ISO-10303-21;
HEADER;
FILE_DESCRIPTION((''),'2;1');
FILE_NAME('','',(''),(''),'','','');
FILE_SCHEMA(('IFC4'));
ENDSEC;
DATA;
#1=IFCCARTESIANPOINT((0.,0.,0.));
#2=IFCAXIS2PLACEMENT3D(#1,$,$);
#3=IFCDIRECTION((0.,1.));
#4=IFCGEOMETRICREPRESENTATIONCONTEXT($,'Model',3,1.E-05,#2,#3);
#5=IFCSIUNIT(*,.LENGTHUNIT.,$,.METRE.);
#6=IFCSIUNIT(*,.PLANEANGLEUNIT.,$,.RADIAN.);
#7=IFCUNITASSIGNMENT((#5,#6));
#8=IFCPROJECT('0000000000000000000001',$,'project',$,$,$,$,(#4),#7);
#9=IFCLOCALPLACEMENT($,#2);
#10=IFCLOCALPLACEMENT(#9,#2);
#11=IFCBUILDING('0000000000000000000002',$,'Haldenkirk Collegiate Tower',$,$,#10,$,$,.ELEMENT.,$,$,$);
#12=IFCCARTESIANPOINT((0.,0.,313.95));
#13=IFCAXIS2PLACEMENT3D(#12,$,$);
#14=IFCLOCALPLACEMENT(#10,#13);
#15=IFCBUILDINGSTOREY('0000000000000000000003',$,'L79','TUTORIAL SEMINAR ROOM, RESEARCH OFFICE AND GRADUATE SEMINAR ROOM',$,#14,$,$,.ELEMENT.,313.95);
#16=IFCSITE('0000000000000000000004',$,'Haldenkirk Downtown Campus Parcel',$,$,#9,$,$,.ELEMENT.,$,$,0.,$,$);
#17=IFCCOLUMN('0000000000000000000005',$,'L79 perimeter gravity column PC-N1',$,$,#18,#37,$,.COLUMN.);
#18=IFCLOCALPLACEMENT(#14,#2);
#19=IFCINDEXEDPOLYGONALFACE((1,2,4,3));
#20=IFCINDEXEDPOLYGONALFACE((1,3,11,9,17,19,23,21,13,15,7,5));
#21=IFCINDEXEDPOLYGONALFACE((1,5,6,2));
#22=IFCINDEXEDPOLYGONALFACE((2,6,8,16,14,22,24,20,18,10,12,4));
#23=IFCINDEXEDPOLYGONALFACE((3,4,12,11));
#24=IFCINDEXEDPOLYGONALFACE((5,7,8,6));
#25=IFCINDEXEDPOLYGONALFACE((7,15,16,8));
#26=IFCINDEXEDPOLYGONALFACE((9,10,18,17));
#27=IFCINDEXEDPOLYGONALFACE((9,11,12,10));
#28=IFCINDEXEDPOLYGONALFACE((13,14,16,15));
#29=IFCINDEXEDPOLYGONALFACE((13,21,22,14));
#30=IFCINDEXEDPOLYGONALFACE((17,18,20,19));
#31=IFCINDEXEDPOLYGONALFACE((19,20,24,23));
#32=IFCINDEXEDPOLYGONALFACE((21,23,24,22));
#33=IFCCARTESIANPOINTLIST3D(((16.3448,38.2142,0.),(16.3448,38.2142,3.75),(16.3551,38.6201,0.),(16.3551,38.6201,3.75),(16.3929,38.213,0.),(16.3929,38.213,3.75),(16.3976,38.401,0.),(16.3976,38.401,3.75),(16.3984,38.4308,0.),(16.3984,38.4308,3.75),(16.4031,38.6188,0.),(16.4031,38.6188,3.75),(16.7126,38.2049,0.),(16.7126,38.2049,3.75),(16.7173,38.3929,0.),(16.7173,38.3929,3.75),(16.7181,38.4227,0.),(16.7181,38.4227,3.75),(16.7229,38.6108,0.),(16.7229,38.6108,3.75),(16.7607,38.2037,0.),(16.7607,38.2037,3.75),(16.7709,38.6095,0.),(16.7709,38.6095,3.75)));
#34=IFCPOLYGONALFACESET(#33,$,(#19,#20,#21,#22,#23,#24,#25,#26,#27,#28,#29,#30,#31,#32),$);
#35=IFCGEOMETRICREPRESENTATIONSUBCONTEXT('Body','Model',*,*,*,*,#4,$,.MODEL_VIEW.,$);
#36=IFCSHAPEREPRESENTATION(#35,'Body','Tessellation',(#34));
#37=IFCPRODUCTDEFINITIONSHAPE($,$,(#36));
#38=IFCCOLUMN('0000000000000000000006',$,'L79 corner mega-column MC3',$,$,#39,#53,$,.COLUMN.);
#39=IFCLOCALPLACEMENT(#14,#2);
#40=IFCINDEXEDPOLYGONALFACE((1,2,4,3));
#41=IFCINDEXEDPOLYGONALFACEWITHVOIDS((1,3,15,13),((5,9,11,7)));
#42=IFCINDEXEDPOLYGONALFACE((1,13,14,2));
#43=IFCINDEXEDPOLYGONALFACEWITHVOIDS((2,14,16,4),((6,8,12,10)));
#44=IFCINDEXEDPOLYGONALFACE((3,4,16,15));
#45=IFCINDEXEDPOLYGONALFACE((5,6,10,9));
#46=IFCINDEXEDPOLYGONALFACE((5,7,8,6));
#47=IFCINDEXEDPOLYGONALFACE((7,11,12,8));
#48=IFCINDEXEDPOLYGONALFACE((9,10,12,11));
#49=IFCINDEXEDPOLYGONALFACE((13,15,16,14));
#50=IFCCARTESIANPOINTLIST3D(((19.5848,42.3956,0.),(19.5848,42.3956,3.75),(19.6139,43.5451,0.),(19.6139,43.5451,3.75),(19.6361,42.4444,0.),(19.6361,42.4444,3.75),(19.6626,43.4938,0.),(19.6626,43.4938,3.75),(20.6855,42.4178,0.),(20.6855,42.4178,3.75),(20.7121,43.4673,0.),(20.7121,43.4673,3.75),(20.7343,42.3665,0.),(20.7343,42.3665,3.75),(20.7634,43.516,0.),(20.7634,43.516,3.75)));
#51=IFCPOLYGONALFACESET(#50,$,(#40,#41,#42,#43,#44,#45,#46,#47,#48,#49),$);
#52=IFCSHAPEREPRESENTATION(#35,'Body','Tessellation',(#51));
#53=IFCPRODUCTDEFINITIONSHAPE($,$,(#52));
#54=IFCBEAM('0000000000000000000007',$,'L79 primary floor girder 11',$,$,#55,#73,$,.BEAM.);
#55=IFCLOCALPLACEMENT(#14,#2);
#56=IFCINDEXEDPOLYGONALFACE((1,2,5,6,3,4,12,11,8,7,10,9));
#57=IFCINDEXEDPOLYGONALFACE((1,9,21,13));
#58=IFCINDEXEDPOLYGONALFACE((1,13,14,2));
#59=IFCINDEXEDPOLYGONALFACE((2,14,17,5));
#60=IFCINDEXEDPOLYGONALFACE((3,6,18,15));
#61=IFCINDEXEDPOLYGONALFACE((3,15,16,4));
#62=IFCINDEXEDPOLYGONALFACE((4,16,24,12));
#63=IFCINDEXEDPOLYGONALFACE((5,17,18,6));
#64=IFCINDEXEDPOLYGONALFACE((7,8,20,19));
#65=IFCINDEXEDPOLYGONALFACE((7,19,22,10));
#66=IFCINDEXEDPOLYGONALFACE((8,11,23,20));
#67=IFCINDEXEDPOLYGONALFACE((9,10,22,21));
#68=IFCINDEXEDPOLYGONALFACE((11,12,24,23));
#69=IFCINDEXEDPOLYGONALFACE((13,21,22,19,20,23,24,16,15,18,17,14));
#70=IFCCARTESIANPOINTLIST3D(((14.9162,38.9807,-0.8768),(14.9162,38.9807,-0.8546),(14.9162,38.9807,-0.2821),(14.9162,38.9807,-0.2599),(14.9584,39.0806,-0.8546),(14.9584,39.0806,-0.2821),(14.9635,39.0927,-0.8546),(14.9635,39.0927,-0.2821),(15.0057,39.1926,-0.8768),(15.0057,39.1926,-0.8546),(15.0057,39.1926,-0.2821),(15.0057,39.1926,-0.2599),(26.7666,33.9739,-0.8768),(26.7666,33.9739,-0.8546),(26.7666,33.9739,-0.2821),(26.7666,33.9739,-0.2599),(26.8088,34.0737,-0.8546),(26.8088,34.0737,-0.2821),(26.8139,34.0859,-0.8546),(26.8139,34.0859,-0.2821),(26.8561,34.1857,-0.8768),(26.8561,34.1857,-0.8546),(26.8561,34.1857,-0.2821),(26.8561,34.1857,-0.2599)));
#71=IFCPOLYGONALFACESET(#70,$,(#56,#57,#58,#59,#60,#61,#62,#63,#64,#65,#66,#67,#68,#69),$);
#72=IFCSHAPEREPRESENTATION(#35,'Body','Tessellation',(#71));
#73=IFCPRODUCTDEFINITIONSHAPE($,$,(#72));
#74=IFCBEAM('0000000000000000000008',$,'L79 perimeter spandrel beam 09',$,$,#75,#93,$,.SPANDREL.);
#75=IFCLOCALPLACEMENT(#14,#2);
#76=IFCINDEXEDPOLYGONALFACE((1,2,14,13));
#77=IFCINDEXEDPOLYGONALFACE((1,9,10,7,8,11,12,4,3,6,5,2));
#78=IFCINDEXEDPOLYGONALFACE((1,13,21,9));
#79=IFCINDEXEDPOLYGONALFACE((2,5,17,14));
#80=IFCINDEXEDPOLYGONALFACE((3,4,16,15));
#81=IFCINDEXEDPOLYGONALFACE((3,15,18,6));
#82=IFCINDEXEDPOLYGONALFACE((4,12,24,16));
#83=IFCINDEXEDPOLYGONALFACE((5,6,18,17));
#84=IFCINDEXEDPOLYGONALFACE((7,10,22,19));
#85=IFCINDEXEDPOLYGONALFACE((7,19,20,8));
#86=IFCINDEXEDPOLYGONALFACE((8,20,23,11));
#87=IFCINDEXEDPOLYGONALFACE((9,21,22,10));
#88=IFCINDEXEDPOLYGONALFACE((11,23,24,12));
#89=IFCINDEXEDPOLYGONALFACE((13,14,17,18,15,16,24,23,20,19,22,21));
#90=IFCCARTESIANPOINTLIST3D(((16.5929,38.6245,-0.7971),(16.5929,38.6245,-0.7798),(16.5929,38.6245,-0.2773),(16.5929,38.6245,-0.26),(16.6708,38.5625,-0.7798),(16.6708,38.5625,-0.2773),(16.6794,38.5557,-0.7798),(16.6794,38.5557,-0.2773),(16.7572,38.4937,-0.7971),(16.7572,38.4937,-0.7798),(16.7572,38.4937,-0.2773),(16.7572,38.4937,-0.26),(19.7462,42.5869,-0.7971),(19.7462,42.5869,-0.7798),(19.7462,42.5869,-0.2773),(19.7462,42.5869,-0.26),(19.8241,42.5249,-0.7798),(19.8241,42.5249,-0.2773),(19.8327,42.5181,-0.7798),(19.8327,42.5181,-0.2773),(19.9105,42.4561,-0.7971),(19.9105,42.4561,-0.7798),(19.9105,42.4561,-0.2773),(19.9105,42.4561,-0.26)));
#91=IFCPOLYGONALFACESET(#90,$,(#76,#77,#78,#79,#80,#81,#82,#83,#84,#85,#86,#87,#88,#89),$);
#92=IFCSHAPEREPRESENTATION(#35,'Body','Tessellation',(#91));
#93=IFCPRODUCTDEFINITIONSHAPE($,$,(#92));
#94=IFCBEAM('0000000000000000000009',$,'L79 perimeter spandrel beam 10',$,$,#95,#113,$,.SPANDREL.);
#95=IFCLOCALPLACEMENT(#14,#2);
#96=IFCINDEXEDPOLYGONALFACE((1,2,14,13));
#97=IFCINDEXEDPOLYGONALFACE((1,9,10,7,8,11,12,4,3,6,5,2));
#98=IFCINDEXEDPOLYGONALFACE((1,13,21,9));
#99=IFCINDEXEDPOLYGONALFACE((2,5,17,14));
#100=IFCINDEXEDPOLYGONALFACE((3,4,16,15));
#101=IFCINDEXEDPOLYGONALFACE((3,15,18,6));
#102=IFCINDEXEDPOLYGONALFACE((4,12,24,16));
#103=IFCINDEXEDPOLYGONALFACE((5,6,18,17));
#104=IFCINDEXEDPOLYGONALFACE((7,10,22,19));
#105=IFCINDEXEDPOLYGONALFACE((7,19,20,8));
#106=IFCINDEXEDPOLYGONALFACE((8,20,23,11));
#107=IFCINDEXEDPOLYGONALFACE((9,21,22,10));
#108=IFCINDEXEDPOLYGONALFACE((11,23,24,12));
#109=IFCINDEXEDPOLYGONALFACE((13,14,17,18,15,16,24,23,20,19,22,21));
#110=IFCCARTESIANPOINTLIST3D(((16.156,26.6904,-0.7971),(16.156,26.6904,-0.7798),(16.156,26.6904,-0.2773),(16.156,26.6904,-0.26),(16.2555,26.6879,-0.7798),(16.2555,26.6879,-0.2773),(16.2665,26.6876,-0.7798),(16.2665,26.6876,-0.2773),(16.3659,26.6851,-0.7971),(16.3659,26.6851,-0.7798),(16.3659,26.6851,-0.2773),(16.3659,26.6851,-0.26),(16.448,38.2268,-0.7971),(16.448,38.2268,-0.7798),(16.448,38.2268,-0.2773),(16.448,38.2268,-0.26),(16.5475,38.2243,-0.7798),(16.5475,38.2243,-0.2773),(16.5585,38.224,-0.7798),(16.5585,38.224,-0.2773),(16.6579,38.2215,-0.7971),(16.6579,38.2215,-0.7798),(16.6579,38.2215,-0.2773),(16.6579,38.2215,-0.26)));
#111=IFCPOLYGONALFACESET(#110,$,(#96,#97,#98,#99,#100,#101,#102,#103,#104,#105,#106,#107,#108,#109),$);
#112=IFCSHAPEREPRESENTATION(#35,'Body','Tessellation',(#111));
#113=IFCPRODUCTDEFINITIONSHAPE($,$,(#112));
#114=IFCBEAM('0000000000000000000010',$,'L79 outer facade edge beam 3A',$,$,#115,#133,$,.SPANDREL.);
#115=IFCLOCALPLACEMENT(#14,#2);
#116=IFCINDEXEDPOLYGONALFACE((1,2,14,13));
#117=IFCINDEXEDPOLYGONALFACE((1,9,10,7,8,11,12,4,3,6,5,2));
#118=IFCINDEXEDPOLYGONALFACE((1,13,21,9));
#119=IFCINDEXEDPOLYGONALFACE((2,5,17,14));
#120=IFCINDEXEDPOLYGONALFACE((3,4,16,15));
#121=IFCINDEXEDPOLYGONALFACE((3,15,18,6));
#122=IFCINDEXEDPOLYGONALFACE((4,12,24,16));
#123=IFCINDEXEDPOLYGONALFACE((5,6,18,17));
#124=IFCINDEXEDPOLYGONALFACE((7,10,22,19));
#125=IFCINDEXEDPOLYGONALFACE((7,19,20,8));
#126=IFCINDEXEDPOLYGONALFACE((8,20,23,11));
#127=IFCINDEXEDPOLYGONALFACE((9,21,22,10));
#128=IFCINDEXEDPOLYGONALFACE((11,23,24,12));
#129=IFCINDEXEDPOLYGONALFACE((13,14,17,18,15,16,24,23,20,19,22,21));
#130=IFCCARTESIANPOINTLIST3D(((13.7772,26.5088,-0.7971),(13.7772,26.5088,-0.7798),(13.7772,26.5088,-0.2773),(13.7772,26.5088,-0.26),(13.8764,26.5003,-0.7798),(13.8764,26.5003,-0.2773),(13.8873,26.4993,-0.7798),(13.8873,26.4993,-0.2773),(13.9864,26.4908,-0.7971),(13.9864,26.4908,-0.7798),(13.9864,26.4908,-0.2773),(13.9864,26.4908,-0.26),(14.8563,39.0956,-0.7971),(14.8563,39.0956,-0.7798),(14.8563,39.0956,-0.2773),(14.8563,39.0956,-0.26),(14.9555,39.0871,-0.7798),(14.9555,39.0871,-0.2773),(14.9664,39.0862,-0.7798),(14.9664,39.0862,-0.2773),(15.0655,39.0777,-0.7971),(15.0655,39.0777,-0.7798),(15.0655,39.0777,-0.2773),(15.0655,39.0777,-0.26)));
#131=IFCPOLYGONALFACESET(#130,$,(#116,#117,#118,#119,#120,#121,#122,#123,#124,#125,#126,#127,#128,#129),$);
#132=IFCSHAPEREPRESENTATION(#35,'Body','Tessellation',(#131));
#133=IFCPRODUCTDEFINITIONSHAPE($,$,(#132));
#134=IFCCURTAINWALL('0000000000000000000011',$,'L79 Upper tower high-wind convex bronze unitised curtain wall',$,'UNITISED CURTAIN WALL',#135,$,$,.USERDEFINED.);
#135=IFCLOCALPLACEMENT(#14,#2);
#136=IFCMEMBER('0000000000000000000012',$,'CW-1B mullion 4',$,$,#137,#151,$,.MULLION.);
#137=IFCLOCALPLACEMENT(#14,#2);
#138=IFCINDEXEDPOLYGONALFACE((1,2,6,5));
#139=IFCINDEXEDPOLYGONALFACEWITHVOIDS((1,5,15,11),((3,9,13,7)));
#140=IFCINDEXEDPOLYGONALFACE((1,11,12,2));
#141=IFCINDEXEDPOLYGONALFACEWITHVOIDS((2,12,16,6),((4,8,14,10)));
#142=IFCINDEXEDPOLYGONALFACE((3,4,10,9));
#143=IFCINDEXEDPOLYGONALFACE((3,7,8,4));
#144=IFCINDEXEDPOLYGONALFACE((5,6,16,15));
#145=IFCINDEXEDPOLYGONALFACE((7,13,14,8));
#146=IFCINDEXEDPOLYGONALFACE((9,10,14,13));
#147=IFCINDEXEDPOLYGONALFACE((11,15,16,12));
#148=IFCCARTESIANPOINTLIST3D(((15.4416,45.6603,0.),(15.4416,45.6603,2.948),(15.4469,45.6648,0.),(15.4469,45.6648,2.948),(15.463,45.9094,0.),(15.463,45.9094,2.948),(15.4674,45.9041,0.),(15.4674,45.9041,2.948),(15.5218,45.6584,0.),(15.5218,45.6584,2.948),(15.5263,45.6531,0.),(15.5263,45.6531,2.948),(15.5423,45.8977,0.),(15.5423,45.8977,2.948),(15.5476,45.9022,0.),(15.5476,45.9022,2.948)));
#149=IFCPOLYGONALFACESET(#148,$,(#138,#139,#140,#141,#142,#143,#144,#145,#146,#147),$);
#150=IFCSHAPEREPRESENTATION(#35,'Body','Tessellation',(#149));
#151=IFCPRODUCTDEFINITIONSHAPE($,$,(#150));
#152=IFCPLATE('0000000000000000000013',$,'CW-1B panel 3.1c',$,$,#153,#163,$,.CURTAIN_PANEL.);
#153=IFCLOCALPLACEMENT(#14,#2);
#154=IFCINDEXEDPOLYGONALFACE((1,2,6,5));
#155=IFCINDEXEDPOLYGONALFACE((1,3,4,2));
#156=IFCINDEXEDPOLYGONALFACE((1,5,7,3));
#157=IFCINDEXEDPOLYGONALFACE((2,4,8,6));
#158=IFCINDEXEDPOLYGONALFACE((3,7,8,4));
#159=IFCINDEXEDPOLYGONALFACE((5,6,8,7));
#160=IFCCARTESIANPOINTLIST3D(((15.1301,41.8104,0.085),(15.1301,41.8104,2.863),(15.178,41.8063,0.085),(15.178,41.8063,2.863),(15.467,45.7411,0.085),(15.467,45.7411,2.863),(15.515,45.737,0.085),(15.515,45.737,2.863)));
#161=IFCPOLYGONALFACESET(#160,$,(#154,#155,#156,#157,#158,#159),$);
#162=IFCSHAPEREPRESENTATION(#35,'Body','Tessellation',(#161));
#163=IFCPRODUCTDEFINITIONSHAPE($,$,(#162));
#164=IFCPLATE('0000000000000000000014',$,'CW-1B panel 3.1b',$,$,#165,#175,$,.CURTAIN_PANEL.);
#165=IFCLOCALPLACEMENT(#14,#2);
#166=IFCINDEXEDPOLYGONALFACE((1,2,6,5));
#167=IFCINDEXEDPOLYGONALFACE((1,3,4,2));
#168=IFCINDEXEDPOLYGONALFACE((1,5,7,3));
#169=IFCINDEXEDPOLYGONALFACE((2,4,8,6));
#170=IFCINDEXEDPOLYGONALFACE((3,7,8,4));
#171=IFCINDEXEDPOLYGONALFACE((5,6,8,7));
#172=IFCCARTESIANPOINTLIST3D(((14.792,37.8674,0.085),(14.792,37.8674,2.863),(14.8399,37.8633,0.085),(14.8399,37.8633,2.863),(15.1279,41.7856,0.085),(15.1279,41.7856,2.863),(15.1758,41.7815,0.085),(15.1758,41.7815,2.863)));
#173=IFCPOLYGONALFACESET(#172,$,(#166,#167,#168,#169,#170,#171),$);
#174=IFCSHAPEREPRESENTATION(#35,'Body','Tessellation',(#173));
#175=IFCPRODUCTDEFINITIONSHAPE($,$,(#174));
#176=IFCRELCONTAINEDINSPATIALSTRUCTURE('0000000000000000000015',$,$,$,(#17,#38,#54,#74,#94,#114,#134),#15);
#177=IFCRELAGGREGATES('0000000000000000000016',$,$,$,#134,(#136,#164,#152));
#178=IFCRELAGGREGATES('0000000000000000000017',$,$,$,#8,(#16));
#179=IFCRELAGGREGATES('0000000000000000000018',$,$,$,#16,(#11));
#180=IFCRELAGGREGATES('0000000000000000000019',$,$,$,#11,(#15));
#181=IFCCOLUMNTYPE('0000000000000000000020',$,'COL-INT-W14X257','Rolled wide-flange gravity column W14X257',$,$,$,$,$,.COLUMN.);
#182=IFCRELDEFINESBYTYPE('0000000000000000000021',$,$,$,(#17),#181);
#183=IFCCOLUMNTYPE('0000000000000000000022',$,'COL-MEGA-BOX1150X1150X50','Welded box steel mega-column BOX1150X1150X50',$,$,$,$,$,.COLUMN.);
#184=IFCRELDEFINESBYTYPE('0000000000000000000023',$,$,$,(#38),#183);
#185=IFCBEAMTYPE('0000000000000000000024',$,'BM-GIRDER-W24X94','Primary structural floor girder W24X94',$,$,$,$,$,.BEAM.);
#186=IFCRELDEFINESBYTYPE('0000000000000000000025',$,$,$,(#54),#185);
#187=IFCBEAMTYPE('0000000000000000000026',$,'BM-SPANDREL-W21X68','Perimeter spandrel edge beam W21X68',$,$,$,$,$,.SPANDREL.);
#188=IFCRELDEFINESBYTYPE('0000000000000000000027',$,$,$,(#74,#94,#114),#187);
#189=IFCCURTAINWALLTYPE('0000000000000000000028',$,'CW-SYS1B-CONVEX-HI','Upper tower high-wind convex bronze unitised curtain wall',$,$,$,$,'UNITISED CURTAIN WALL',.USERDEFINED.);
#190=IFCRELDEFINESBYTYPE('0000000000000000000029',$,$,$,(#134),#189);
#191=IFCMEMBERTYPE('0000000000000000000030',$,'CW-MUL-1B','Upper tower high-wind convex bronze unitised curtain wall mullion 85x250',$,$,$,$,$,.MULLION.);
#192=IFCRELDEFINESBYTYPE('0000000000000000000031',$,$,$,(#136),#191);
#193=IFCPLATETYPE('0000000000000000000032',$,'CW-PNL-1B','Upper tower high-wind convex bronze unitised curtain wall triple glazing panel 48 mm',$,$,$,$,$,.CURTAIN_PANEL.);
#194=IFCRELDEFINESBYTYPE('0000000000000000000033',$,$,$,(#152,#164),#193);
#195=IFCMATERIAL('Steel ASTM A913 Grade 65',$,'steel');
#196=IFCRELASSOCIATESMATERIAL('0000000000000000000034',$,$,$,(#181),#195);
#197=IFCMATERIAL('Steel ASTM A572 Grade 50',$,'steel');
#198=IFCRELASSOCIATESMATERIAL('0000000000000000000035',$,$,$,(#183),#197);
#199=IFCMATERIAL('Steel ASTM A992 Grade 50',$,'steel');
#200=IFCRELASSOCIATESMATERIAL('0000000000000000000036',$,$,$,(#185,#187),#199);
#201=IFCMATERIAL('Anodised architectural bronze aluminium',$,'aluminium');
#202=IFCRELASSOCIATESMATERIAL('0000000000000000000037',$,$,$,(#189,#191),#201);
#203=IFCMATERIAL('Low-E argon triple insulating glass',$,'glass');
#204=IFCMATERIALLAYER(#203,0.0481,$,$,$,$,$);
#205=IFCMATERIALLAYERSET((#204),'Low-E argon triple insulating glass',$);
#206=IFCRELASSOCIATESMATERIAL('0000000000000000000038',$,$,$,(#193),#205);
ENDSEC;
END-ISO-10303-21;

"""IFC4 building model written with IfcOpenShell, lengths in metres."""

from ifc_helpers import new_model, si_unit, direction, frame, origin, origin_2d, place, context, subcontext, project, spatial, rectangle, hollow_rectangle, i_section, extrude, source, transform, mapped, material, layer, layer_set, material_profile, profile_set, type_object, element, aggregate, save


model = new_model("IFC4")

# Units and contexts
model_context = context("Model", 3, precision=1e-05, world=origin(), true_north=direction((0.0, 1.0)))
body_context = subcontext(model_context, "Body", "Model", "MODEL_VIEW")
ifc_project = project(units=[si_unit("LENGTHUNIT", "METRE"), si_unit("PLANEANGLEUNIT", "RADIAN")], contexts=[model_context])

# Site, building, storey
site_placement = place(None, origin())
site = spatial("IfcSite", under=ifc_project, at=site_placement, Name="Haldenkirk Downtown Campus Parcel", CompositionType="ELEMENT", RefElevation=0.0)
building_placement = place(site_placement, origin())
building = spatial("IfcBuilding", under=site, at=building_placement, Name="Haldenkirk Collegiate Tower", CompositionType="ELEMENT")
storey_placement = place(building_placement, frame((0.0, 0.0, 313.95)))
storey = spatial("IfcBuildingStorey", under=building, at=storey_placement, Name="L79", Description="TUTORIAL SEMINAR ROOM, RESEARCH OFFICE AND GRADUATE SEMINAR ROOM", CompositionType="ELEMENT", Elevation=313.95)

# Columns
ifc_material_1 = material(Name="Steel ASTM A913 Grade 65", Category="steel")
ifc_material_profile_1 = material_profile(ifc_material_1, i_section(OverallWidth=0.406, OverallDepth=0.416, WebThickness=0.0298, FlangeThickness=0.0481, at=origin_2d()), Name="W14X257")
ifc_profile_set_1 = profile_set([ifc_material_profile_1], Name="Steel ASTM A913 Grade 65")
column_type_1 = type_object("IfcColumnType", Name="COL-INT-W14X257", Description="Rolled wide-flange gravity column W14X257", PredefinedType="COLUMN", material=ifc_profile_set_1)
column_1_placement = place(storey_placement, frame((16.5579, 38.4119, 0.0), z_axis=(0.0, 0.0, 1.0), x_axis=(0.025305, 0.99968, 0.0)))
element("IfcColumn", 1, at=column_1_placement, inside=storey, type_object=column_type_1, Name="L79 perimeter gravity column PC-N1", PredefinedType="COLUMN", context=body_context, shape_type="SweptSolid", body=[
    extrude(i_section(OverallWidth=0.406, OverallDepth=0.416, WebThickness=0.0298, FlangeThickness=0.0481, at=origin_2d()), origin(), (0.0, 0.0, 1.0), 3.75),
])
ifc_material_2 = material(Name="Steel ASTM A572 Grade 50", Category="steel")
ifc_material_profile_2 = material_profile(ifc_material_2, hollow_rectangle(XDim=1.1499, YDim=1.1499, WallThickness=0.05, at=origin_2d()), Name="BOX1150X1150X50")
ifc_profile_set_2 = profile_set([ifc_material_profile_2], Name="Steel ASTM A572 Grade 50")
column_type_2 = type_object("IfcColumnType", Name="COL-MEGA-BOX1150X1150X50", Description="Welded box steel mega-column BOX1150X1150X50", PredefinedType="COLUMN", material=ifc_profile_set_2)
column_2_placement = place(storey_placement, frame((20.1741, 42.9558, 0.0), z_axis=(0.0, 0.0, 1.0), x_axis=(0.025305, 0.99968, 0.0)))
element("IfcColumn", 2, at=column_2_placement, inside=storey, type_object=column_type_2, Name="L79 corner mega-column MC3", PredefinedType="COLUMN", context=body_context, shape_type="SweptSolid", body=[
    extrude(hollow_rectangle(XDim=1.1499, YDim=1.1499, WallThickness=0.05, at=origin_2d()), origin(), (0.0, 0.0, 1.0), 3.75),
])

# Beams
ifc_material_3 = material(Name="Steel ASTM A992 Grade 50", Category="steel")
ifc_material_profile_3 = material_profile(ifc_material_3, i_section(OverallWidth=0.23, OverallDepth=0.6169, WebThickness=0.0132, FlangeThickness=0.0222, at=origin_2d()), Name="W24X94")
ifc_profile_set_3 = profile_set([ifc_material_profile_3], Name="Steel ASTM A992 Grade 50")
beam_type_1 = type_object("IfcBeamType", Name="BM-GIRDER-W24X94", Description="Primary structural floor girder W24X94", PredefinedType="BEAM", material=ifc_profile_set_3)
beam_1_placement = place(storey_placement, frame((14.9609, 39.0867, -0.5684), z_axis=(0.921156, -0.389194, 0.0), x_axis=(0.389194, 0.921156, 0.0)))
element("IfcBeam", 3, at=beam_1_placement, inside=storey, type_object=beam_type_1, Name="L79 primary floor girder 11", PredefinedType="BEAM", context=body_context, shape_type="SweptSolid", body=[
    extrude(i_section(OverallWidth=0.23, OverallDepth=0.6169, WebThickness=0.0132, FlangeThickness=0.0222, at=origin_2d()), origin(), (0.0, 0.0, 1.0), 12.8647),
])
ifc_material_profile_4 = material_profile(ifc_material_3, i_section(OverallWidth=0.21, OverallDepth=0.5371, WebThickness=0.011, FlangeThickness=0.0173, at=origin_2d()), Name="W21X68")
ifc_profile_set_4 = profile_set([ifc_material_profile_4], Name="Steel ASTM A992 Grade 50")
beam_type_2 = type_object("IfcBeamType", Name="BM-SPANDREL-W21X68", Description="Perimeter spandrel edge beam W21X68", PredefinedType="SPANDREL", material=ifc_profile_set_4)
beam_2_placement = place(storey_placement, frame((19.8284, 42.5215, -0.5286), z_axis=(-0.622694, -0.782465, 0.0), x_axis=(0.782465, -0.622694, 0.0)))
element("IfcBeam", 4, at=beam_2_placement, inside=storey, type_object=beam_type_2, Name="L79 perimeter spandrel beam 09", PredefinedType="SPANDREL", context=body_context, shape_type="SweptSolid", body=[
    extrude(i_section(OverallWidth=0.21, OverallDepth=0.5371, WebThickness=0.011, FlangeThickness=0.0173, at=origin_2d()), origin(), (0.0, 0.0, 1.0), 5.064),
])
beam_3_placement = place(storey_placement, frame((16.553, 38.2241, -0.5286), z_axis=(-0.025302, -0.99968, 0.0), x_axis=(0.99968, -0.025302, 0.0)))
element("IfcBeam", 5, at=beam_3_placement, inside=storey, type_object=beam_type_2, Name="L79 perimeter spandrel beam 10", PredefinedType="SPANDREL", context=body_context, shape_type="SweptSolid", body=[
    extrude(i_section(OverallWidth=0.21, OverallDepth=0.5371, WebThickness=0.011, FlangeThickness=0.0173, at=origin_2d()), origin(), (0.0, 0.0, 1.0), 11.54),
])
beam_4_placement = place(storey_placement, frame((14.9609, 39.0867, -0.5286), z_axis=(-0.085419, -0.996345, 0.0), x_axis=(0.996345, -0.085419, 0.0)))
element("IfcBeam", 6, at=beam_4_placement, inside=storey, type_object=beam_type_2, Name="L79 outer facade edge beam 3A", PredefinedType="SPANDREL", context=body_context, shape_type="SweptSolid", body=[
    extrude(i_section(OverallWidth=0.21, OverallDepth=0.5371, WebThickness=0.011, FlangeThickness=0.0173, at=origin_2d()), origin(), (0.0, 0.0, 1.0), 12.6331),
])

# Curtain wall, member, plates
ifc_material_4 = material(Name="Anodised architectural bronze aluminium", Category="aluminium")
curtain_wall_type = type_object("IfcCurtainWallType", Name="CW-SYS1B-CONVEX-HI", Description="Upper tower high-wind convex bronze unitised curtain wall", ElementType="UNITISED CURTAIN WALL", PredefinedType="USERDEFINED", material=ifc_material_4)
curtain_wall_placement = place(storey_placement, origin())
curtain_wall = element("IfcCurtainWall", 7, at=curtain_wall_placement, inside=storey, type_object=curtain_wall_type, Name="L79 Upper tower high-wind convex bronze unitised curtain wall", ObjectType="UNITISED CURTAIN WALL", PredefinedType="USERDEFINED")
ifc_material_profile_5 = material_profile(ifc_material_4, hollow_rectangle(XDim=0.085, YDim=0.25, WallThickness=0.0049, at=origin_2d()), Name="CW-MUL-1B")
ifc_profile_set_5 = profile_set([ifc_material_profile_5], Name="Anodised architectural bronze aluminium")
member_type = type_object("IfcMemberType", Name="CW-MUL-1B", Description="Upper tower high-wind convex bronze unitised curtain wall mullion 85x250", PredefinedType="MULLION", material=ifc_profile_set_5)
member_placement = place(storey_placement, frame((15.4946, 45.7812, 0.0), z_axis=(0.0, 0.0, 1.0), x_axis=(-0.996345, 0.085417, 0.0)))
member = element("IfcMember", 8, at=member_placement, type_object=member_type, Name="CW-1B mullion 4", PredefinedType="MULLION", context=body_context, shape_type="SweptSolid", body=[
    extrude(hollow_rectangle(XDim=0.085, YDim=0.25, WallThickness=0.0049, at=origin_2d()), origin(), (0.0, 0.0, 1.0), 2.948),
])
ifc_material_5 = material(Name="Low-E argon triple insulating glass", Category="glass")
ifc_layer_1 = layer(ifc_material_5, 0.0481)
ifc_layer_set_1 = layer_set([ifc_layer_1], Name="Low-E argon triple insulating glass")
plate_type = type_object("IfcPlateType", Name="CW-PNL-1B", Description="Upper tower high-wind convex bronze unitised curtain wall triple glazing panel 48 mm", PredefinedType="CURTAIN_PANEL", material=ifc_layer_set_1)
shared_shape_1 = source(origin(), body_context, "Body", "SweptSolid", [
    extrude(rectangle(XDim=3.9451, YDim=0.0481, at=origin_2d()), origin(), (0.0, 0.0, 1.0), 2.7781),
])
plate_1_placement = place(storey_placement, frame((15.3225, 43.7737, 0.085), z_axis=(0.0, 0.0, 1.0), x_axis=(0.085417, 0.996345, 0.0)))
plate_1 = element("IfcPlate", 9, at=plate_1_placement, type_object=plate_type, Name="CW-1B panel 3.1c", PredefinedType="CURTAIN_PANEL", context=body_context, shape_type="MappedRepresentation", body=[
    mapped(shared_shape_1, transform((0.0, 0.0, 0.0), x_axis=(1.0, 0.0, 0.0), y_axis=(0.0, 1.0, 0.0), z_axis=(0.0, 0.0, 1.0), scale=1.0)),
])
shared_shape_2 = source(origin(), body_context, "Body", "SweptSolid", [
    extrude(rectangle(XDim=3.9326, YDim=0.0481, at=origin_2d()), origin(), (0.0, 0.0, 1.0), 2.7781),
])
plate_2_placement = place(storey_placement, frame((14.9839, 39.8245, 0.085), z_axis=(0.0, 0.0, 1.0), x_axis=(0.085417, 0.996345, 0.0)))
plate_2 = element("IfcPlate", 10, at=plate_2_placement, type_object=plate_type, Name="CW-1B panel 3.1b", PredefinedType="CURTAIN_PANEL", context=body_context, shape_type="MappedRepresentation", body=[
    mapped(shared_shape_2, transform((0.0, 0.0, 0.0), x_axis=(1.0, 0.0, 0.0), y_axis=(0.0, 1.0, 0.0), z_axis=(0.0, 0.0, 1.0), scale=1.0)),
])
aggregate(curtain_wall, [member, plate_2, plate_1])

save(model, "model.ifc")
